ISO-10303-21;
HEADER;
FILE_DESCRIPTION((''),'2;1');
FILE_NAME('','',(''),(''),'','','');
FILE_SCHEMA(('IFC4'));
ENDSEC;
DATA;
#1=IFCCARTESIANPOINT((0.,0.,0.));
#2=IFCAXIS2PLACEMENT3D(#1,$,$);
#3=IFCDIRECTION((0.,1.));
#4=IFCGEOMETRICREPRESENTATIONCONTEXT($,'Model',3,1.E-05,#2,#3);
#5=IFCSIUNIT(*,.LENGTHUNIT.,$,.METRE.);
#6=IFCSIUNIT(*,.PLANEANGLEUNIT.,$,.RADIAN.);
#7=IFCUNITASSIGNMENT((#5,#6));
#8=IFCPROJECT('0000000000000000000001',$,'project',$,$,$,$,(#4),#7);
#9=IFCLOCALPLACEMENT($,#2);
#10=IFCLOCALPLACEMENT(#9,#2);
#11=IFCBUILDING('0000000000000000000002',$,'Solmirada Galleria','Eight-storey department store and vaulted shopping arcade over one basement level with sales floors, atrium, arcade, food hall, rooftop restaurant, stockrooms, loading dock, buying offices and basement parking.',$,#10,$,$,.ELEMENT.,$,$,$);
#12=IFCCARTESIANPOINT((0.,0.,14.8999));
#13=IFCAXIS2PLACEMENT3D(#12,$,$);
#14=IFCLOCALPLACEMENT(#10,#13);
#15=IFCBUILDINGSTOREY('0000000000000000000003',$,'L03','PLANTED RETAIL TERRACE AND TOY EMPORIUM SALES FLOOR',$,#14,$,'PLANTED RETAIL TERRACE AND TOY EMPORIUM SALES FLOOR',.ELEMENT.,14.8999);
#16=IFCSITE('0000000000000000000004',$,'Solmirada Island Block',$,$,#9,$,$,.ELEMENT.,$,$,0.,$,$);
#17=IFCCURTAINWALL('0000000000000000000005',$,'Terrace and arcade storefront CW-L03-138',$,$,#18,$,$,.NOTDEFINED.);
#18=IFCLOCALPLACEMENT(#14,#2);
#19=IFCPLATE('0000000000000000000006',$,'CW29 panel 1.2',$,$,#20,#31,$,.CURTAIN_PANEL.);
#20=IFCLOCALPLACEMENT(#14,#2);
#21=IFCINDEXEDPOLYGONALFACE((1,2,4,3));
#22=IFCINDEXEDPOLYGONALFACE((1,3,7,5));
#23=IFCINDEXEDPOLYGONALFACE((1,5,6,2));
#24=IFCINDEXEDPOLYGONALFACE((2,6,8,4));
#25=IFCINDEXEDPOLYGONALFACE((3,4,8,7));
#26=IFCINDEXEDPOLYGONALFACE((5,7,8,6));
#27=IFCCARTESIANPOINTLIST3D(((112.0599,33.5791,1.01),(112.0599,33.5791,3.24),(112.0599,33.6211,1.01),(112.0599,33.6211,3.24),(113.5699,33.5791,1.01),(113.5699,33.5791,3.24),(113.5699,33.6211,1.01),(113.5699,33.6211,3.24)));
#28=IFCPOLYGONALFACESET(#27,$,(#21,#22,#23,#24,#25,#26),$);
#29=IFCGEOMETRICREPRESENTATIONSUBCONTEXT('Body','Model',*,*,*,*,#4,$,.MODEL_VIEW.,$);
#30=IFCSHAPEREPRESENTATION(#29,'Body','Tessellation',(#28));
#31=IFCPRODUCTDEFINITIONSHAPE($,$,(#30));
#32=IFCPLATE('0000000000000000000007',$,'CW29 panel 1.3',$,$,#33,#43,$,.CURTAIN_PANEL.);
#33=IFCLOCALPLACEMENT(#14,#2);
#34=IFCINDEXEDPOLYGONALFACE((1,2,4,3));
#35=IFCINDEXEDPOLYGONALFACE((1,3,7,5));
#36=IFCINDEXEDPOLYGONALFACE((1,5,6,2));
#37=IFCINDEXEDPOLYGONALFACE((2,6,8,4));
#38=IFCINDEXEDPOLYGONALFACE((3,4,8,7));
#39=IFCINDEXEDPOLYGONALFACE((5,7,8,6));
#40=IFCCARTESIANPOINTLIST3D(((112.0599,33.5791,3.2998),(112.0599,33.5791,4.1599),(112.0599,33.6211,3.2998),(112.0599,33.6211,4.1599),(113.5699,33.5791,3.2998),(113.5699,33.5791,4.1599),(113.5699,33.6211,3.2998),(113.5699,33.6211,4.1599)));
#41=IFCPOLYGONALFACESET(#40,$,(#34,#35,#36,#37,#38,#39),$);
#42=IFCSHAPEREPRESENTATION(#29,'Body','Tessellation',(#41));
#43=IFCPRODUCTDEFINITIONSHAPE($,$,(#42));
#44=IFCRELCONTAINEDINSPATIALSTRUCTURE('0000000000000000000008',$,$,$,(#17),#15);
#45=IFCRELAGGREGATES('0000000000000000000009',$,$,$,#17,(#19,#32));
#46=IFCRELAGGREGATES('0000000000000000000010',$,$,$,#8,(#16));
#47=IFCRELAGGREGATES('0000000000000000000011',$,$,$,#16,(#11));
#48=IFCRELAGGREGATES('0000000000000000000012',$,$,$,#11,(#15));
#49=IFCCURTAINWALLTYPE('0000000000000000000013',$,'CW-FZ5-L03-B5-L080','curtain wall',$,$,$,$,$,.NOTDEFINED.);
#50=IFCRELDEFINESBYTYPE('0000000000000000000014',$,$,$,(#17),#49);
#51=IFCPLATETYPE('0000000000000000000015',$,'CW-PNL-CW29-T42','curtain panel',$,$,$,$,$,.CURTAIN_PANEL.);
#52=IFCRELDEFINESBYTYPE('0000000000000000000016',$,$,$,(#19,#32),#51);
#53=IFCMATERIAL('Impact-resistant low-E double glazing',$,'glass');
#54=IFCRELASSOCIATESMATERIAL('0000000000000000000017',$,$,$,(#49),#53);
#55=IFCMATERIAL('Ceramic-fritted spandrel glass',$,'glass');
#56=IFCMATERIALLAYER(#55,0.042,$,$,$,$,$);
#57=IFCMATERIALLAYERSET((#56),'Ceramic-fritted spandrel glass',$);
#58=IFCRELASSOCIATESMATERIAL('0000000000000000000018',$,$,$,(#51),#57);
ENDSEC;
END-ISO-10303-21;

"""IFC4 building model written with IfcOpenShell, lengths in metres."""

from ifc_helpers import new_model, si_unit, direction, frame, origin, origin_2d, place, context, subcontext, project, spatial, rectangle, extrude, material, layer, layer_set, type_object, element, aggregate, save


model = new_model("IFC4")

# Units and contexts
model_context = context("Model", 3, precision=1e-05, world=origin(), true_north=direction((0.0, 1.0)))
body_context = subcontext(model_context, "Body", "Model", "MODEL_VIEW")
ifc_project = project(units=[si_unit("LENGTHUNIT", "METRE"), si_unit("PLANEANGLEUNIT", "RADIAN")], contexts=[model_context])

# Site, building, storey
site_placement = place(None, origin())
site = spatial("IfcSite", under=ifc_project, at=site_placement, Name="Solmirada Island Block", CompositionType="ELEMENT", RefElevation=0.0)
building_placement = place(site_placement, origin())
building = spatial("IfcBuilding", under=site, at=building_placement, Name="Solmirada Galleria", Description="Eight-storey department store and vaulted shopping arcade over one basement level with sales floors, atrium, arcade, food hall, rooftop restaurant, stockrooms, loading dock, buying offices and basement parking.", CompositionType="ELEMENT")
storey_placement = place(building_placement, frame((0.0, 0.0, 14.8999)))
storey = spatial("IfcBuildingStorey", under=building, at=storey_placement, Name="L03", Description="PLANTED RETAIL TERRACE AND TOY EMPORIUM SALES FLOOR", LongName="PLANTED RETAIL TERRACE AND TOY EMPORIUM SALES FLOOR", CompositionType="ELEMENT", Elevation=14.8999)

# Curtain wall
ifc_material_1 = material(Name="Impact-resistant low-E double glazing", Category="glass")
curtain_wall_type = type_object("IfcCurtainWallType", Name="CW-FZ5-L03-B5-L080", Description="curtain wall", PredefinedType="NOTDEFINED", material=ifc_material_1)
curtain_wall_1_placement = place(storey_placement, origin())
curtain_wall_1 = element("IfcCurtainWall", 1, at=curtain_wall_1_placement, inside=storey, type_object=curtain_wall_type, Name="Terrace and arcade storefront CW-L03-138", PredefinedType="NOTDEFINED")

# Plates
ifc_material_2 = material(Name="Ceramic-fritted spandrel glass", Category="glass")
ifc_layer = layer(ifc_material_2, 0.042)
ifc_layer_set = layer_set([ifc_layer], Name="Ceramic-fritted spandrel glass")
plate_type = type_object("IfcPlateType", Name="CW-PNL-CW29-T42", Description="curtain panel", PredefinedType="CURTAIN_PANEL", material=ifc_layer_set)
plate_1_placement = place(storey_placement, frame((112.8149, 33.6001, 1.01), z_axis=(0.0, 0.0, 1.0), x_axis=(1.0, 0.0, 0.0)))
plate_1 = element("IfcPlate", 2, at=plate_1_placement, type_object=plate_type, Name="CW29 panel 1.2", PredefinedType="CURTAIN_PANEL", context=body_context, shape_type="SweptSolid", body=[
    extrude(rectangle(XDim=1.51, YDim=0.042, at=origin_2d()), origin(), (0.0, 0.0, 1.0), 2.23),
])
plate_2_placement = place(storey_placement, frame((112.8149, 33.6001, 3.2998), z_axis=(0.0, 0.0, 1.0), x_axis=(1.0, 0.0, 0.0)))
plate_2 = element("IfcPlate", 3, at=plate_2_placement, type_object=plate_type, Name="CW29 panel 1.3", PredefinedType="CURTAIN_PANEL", context=body_context, shape_type="SweptSolid", body=[
    extrude(rectangle(XDim=1.51, YDim=0.042, at=origin_2d()), origin(), (0.0, 0.0, 1.0), 0.8601),
])
aggregate(curtain_wall_1, [plate_1, plate_2])

save(model, "model.ifc")
